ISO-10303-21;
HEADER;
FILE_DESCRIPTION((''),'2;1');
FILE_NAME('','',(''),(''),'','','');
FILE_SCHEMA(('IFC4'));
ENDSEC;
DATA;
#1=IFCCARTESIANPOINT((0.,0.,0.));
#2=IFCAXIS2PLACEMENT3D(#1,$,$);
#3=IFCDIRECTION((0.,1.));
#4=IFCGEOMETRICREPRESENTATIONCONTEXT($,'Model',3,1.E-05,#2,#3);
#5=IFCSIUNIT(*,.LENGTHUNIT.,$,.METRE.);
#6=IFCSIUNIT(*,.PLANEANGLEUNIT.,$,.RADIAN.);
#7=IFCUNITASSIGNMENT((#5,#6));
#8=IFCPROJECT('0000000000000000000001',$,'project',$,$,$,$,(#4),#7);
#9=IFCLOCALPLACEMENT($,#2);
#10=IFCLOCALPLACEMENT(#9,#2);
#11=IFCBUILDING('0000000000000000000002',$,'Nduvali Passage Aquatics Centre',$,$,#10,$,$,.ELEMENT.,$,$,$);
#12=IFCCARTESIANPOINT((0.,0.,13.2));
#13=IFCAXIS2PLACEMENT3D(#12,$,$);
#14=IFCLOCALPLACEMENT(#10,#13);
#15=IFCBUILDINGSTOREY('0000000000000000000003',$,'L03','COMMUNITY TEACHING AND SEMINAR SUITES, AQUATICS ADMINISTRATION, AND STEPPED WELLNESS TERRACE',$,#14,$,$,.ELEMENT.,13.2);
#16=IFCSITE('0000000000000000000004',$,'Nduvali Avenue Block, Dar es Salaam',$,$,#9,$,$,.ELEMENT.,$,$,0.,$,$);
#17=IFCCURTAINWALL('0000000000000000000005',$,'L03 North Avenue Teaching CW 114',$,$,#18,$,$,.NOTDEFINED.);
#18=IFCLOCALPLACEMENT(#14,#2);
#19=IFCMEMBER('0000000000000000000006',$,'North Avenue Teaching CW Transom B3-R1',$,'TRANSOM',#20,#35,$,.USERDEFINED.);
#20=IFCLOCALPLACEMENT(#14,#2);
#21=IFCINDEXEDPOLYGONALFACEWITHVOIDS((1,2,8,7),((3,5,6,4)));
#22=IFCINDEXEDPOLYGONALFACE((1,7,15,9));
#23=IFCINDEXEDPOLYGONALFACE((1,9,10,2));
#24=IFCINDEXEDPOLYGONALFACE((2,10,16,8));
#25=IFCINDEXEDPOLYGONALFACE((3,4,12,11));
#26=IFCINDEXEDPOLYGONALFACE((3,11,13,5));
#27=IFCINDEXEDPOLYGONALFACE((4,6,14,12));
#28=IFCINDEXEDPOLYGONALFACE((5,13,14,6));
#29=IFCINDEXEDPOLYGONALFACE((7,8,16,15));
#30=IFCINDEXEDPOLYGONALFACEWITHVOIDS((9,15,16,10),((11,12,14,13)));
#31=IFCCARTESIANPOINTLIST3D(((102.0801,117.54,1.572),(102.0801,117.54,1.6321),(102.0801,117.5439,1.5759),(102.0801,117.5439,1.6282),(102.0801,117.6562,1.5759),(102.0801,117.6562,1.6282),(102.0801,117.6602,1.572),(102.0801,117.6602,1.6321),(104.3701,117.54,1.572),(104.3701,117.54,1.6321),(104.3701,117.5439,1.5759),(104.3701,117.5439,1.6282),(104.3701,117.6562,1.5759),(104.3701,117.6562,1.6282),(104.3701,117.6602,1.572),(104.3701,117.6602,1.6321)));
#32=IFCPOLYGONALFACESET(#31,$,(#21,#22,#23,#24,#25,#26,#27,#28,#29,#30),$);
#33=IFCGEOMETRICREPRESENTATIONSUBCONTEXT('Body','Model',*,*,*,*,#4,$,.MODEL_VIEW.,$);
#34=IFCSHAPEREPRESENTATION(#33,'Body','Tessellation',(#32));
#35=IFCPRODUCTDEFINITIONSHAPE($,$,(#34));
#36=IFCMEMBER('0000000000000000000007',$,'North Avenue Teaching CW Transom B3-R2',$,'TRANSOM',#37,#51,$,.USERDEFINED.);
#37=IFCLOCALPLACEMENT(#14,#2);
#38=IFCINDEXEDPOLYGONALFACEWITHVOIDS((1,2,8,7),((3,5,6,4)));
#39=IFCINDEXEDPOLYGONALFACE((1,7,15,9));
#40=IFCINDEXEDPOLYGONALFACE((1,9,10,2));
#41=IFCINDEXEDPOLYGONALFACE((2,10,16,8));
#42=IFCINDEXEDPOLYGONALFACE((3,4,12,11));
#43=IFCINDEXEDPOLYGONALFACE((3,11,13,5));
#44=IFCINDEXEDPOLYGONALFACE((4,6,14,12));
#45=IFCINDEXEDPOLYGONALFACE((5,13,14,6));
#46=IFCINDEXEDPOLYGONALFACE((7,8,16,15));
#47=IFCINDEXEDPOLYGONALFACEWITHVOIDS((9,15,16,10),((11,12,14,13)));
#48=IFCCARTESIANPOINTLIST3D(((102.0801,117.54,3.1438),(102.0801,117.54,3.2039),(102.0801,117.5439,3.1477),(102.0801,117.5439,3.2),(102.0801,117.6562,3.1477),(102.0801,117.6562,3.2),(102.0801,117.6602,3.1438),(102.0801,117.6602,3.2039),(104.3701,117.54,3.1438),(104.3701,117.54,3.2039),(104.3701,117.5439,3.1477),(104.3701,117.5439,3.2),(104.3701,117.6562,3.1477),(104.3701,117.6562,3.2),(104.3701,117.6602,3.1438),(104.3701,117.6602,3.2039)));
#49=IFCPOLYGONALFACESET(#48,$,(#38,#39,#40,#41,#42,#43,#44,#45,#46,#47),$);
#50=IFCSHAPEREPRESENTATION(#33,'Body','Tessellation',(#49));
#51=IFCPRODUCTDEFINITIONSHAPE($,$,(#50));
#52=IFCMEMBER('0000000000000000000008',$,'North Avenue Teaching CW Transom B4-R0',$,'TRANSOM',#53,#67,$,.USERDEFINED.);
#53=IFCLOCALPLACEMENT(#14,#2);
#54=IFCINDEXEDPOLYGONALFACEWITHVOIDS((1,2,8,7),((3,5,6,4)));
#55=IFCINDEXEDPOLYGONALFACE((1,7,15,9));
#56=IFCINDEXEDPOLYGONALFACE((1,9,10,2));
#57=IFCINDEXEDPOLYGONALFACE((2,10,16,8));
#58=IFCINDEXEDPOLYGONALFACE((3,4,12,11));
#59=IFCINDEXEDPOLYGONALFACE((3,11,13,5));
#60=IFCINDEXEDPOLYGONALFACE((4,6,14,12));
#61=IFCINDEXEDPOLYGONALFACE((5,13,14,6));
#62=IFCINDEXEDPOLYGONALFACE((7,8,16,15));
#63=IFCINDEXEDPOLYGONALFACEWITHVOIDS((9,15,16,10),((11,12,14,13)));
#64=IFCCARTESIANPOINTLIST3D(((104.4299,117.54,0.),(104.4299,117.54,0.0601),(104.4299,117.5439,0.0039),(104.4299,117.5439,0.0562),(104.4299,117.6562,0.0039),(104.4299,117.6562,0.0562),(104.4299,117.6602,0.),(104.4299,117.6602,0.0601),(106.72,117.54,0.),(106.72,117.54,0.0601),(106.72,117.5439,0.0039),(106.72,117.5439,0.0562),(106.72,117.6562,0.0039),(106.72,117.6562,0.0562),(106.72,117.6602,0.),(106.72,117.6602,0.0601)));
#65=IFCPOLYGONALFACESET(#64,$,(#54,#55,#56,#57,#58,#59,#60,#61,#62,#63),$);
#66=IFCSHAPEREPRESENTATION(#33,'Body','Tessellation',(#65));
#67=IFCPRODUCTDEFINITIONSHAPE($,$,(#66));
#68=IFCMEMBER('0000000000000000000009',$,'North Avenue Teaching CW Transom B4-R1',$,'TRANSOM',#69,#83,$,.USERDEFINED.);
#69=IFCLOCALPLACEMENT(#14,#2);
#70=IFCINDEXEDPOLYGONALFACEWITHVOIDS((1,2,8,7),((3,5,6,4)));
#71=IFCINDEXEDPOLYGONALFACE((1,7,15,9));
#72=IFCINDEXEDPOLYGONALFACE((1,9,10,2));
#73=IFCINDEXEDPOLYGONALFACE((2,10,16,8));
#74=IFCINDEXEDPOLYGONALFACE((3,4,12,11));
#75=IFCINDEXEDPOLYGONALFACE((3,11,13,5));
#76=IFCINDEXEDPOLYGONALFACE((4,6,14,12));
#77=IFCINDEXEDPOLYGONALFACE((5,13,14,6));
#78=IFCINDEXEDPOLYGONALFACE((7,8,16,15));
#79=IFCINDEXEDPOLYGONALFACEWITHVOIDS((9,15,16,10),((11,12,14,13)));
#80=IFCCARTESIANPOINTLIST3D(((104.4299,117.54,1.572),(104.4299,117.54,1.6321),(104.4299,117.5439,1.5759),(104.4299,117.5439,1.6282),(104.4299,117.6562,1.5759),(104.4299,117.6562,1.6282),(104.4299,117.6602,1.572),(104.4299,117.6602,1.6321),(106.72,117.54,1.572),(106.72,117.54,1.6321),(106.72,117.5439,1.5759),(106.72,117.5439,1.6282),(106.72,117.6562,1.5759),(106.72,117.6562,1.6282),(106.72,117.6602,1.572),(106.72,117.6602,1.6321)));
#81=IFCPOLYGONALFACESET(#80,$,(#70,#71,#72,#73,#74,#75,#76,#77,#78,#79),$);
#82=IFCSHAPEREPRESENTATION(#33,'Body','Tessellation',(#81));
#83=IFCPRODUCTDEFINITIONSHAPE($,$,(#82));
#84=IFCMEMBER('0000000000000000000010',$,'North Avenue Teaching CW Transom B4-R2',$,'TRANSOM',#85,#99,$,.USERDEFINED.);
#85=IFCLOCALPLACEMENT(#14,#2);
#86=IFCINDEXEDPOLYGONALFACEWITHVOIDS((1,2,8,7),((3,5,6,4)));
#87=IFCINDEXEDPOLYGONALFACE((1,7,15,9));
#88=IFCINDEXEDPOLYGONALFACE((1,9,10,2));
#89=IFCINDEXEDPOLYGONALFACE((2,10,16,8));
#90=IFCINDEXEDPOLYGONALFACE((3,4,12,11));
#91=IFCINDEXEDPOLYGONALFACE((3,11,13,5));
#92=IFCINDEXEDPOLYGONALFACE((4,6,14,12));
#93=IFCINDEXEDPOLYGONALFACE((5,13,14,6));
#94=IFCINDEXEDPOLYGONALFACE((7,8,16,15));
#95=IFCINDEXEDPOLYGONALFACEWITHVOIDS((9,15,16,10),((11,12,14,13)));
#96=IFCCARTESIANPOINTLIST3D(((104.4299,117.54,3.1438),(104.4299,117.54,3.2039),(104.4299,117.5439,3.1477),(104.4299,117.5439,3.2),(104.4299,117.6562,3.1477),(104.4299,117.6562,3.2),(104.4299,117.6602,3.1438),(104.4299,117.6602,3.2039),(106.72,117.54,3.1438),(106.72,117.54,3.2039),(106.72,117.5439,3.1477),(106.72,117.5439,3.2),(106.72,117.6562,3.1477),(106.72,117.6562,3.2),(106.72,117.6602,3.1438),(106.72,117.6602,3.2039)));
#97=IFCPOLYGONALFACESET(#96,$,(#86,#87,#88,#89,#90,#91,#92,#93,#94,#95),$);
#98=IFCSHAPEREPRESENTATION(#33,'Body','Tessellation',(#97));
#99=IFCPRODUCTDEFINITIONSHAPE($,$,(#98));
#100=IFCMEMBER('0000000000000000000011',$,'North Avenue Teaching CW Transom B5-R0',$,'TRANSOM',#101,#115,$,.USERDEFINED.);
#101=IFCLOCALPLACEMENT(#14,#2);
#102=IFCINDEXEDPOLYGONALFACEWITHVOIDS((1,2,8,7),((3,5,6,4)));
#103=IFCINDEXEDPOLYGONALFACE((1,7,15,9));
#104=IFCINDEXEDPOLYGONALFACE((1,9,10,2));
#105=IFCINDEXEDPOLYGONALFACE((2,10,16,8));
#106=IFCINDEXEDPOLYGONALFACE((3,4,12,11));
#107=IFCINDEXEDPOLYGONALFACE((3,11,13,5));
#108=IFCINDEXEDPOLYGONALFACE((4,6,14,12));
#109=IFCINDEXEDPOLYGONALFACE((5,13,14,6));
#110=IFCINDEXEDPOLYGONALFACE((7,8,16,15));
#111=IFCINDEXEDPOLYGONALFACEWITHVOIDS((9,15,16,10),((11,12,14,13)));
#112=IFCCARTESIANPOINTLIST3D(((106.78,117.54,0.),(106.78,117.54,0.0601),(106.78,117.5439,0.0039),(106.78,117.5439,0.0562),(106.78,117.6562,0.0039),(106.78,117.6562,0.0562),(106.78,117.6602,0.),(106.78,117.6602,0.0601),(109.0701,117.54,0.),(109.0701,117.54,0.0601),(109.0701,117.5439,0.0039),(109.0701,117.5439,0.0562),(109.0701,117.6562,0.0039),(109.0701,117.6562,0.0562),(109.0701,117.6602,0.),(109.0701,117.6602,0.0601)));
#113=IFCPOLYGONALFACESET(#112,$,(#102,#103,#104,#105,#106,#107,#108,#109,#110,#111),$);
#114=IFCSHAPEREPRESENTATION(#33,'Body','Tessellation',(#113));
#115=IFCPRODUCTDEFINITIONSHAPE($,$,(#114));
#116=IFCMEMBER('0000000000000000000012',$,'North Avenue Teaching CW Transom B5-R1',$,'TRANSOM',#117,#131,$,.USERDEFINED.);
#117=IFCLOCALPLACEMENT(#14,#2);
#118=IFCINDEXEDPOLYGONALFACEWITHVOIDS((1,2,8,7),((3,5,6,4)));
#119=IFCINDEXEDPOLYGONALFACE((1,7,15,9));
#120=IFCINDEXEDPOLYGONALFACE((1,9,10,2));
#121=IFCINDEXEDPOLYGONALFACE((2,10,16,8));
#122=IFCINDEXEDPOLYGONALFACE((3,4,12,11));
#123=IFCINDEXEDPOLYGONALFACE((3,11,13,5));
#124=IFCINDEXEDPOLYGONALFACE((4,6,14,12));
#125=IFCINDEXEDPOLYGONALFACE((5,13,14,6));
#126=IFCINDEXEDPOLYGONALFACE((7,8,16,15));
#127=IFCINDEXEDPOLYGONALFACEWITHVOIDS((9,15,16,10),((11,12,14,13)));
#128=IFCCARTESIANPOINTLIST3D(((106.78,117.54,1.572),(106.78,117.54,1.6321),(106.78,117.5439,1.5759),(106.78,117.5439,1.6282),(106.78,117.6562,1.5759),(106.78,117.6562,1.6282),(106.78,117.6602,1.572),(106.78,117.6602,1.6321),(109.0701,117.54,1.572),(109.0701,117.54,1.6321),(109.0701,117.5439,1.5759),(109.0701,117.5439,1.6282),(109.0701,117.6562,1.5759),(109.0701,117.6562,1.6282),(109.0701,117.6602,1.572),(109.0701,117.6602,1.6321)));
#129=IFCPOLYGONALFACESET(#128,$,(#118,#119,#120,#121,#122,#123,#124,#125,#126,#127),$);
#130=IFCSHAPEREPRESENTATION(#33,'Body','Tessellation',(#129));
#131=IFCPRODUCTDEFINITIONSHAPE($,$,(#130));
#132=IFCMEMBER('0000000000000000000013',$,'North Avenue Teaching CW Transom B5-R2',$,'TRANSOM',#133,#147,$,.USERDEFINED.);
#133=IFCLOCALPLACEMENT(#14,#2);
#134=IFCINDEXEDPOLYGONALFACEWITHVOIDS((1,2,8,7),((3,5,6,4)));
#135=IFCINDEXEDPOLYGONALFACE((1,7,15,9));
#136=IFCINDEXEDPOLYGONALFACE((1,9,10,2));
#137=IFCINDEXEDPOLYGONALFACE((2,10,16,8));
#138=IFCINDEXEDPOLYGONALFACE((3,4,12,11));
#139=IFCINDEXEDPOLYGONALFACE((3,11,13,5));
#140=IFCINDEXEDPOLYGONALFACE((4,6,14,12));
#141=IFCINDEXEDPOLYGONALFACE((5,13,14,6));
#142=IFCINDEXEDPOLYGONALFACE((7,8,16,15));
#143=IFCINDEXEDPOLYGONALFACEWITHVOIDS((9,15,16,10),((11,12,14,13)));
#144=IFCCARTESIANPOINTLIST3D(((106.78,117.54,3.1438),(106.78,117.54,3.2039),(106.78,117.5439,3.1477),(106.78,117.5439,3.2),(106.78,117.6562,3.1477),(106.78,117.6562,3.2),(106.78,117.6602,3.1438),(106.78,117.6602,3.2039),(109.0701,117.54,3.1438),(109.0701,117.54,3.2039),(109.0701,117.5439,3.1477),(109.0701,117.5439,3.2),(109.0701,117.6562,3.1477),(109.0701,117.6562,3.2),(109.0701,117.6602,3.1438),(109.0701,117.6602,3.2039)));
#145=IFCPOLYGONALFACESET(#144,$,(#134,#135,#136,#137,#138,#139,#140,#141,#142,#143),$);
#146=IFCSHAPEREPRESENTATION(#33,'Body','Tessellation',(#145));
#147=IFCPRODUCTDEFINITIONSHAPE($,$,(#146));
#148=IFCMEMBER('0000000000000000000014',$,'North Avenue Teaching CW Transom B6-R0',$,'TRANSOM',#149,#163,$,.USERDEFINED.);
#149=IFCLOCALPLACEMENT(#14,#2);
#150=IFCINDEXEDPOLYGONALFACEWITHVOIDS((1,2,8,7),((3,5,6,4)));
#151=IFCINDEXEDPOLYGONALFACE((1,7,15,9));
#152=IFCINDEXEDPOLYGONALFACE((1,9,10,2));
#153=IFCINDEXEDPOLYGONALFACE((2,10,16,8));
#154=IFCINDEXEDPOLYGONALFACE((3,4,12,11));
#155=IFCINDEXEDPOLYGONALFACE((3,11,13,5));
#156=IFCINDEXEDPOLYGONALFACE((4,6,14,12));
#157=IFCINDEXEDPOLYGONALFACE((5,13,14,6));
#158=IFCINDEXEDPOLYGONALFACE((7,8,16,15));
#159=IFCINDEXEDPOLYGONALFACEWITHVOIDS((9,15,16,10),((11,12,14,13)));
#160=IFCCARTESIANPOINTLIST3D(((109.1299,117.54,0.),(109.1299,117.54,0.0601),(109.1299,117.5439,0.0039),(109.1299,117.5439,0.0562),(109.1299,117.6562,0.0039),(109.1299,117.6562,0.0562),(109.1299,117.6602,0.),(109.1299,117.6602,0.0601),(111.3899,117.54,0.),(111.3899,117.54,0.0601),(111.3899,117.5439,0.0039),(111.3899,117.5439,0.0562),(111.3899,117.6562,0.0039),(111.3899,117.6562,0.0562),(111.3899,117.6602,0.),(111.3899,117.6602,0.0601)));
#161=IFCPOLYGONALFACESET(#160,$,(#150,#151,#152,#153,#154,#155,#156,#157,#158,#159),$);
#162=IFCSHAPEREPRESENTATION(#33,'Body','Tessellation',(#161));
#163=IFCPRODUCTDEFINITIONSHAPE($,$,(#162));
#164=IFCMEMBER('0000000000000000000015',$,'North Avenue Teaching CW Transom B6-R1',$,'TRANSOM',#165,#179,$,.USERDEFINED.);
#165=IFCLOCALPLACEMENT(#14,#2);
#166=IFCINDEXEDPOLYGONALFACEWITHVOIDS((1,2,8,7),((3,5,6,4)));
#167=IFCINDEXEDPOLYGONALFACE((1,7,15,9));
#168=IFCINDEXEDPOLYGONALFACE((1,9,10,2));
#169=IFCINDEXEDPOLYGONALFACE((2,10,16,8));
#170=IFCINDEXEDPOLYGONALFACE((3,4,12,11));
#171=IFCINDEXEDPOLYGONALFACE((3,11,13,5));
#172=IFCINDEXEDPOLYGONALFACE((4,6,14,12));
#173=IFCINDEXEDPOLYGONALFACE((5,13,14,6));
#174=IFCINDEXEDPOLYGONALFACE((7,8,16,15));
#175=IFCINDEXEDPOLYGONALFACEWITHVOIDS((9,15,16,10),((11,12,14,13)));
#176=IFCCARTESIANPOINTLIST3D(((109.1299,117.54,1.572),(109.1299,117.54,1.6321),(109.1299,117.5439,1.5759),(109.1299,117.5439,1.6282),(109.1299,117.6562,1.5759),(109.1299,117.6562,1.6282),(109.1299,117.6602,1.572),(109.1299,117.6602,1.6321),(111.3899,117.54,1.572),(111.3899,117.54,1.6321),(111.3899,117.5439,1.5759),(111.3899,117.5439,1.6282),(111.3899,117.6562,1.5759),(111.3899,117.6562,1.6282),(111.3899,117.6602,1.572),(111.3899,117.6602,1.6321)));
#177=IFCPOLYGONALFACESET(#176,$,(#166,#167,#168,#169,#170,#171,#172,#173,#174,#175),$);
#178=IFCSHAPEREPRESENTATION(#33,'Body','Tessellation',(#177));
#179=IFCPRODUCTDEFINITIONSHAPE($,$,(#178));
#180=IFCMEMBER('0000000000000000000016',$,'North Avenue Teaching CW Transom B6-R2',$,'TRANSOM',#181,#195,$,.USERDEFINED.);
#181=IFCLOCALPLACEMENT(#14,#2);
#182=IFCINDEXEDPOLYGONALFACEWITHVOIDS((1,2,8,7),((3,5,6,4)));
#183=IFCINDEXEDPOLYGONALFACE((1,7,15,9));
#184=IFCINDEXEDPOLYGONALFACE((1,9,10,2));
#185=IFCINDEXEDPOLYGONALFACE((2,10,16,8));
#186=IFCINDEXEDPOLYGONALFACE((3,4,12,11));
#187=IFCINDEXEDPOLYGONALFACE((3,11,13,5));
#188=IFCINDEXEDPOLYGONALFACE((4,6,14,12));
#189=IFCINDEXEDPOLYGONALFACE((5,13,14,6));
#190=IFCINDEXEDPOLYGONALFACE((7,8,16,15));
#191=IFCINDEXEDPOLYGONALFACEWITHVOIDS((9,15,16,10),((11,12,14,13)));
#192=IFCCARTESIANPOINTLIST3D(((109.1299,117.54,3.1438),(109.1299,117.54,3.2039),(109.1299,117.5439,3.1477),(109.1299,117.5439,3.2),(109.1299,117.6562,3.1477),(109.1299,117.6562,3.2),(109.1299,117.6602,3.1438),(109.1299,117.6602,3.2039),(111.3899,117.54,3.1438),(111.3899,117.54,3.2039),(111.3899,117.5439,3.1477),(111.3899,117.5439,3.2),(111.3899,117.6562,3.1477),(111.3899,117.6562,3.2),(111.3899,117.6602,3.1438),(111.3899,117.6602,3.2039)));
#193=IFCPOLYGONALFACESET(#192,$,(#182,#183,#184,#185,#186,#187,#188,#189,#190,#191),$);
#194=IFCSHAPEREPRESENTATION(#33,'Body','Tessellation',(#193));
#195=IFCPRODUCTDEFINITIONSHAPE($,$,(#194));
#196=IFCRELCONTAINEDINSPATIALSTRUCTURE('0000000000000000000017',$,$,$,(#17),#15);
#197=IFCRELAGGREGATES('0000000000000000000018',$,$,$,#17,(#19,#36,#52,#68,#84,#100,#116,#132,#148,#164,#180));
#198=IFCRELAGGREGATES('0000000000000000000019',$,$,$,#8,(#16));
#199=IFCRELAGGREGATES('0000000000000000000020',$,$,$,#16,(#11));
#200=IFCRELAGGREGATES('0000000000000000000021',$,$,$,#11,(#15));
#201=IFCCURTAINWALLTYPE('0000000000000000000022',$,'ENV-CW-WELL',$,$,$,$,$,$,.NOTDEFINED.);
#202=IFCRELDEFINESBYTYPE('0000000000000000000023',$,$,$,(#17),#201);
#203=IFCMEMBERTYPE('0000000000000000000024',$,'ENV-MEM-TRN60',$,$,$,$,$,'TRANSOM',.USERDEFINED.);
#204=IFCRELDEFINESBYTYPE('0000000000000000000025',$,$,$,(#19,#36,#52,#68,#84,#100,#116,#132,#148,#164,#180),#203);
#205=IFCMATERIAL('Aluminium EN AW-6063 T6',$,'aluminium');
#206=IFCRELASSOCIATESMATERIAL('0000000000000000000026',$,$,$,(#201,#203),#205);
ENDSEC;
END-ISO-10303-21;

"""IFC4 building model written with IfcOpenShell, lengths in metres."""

from ifc_helpers import new_model, si_unit, direction, frame, origin, origin_2d, place, context, subcontext, project, spatial, hollow_rectangle, extrude, material, material_profile, profile_set, type_object, element, aggregate, save


model = new_model("IFC4")

# Units and contexts
model_context = context("Model", 3, precision=1e-05, world=origin(), true_north=direction((0.0, 1.0)))
body_context = subcontext(model_context, "Body", "Model", "MODEL_VIEW")
ifc_project = project(units=[si_unit("LENGTHUNIT", "METRE"), si_unit("PLANEANGLEUNIT", "RADIAN")], contexts=[model_context])

# Site, building, storey
site_placement = place(None, origin())
site = spatial("IfcSite", under=ifc_project, at=site_placement, Name="Nduvali Avenue Block, Dar es Salaam", CompositionType="ELEMENT", RefElevation=0.0)
building_placement = place(site_placement, origin())
building = spatial("IfcBuilding", under=site, at=building_placement, Name="Nduvali Passage Aquatics Centre", CompositionType="ELEMENT")
storey_placement = place(building_placement, frame((0.0, 0.0, 13.2)))
storey = spatial("IfcBuildingStorey", under=building, at=storey_placement, Name="L03", Description="COMMUNITY TEACHING AND SEMINAR SUITES, AQUATICS ADMINISTRATION, AND STEPPED WELLNESS TERRACE", CompositionType="ELEMENT", Elevation=13.2)

# Curtain wall, members
ifc_material_1 = material(Name="Aluminium EN AW-6063 T6", Category="aluminium")
curtain_wall_type = type_object("IfcCurtainWallType", Name="ENV-CW-WELL", PredefinedType="NOTDEFINED", material=ifc_material_1)
curtain_wall_placement = place(storey_placement, origin())
curtain_wall = element("IfcCurtainWall", 1, at=curtain_wall_placement, inside=storey, type_object=curtain_wall_type, Name="L03 North Avenue Teaching CW 114", PredefinedType="NOTDEFINED")
ifc_material_profile_1 = material_profile(ifc_material_1, hollow_rectangle(XDim=0.1201, YDim=0.0601, WallThickness=0.0039, at=origin_2d()), Name="ALU TRANSOM 120x60x4")
ifc_profile_set_1 = profile_set([ifc_material_profile_1], Name="Aluminium EN AW-6063 T6")
member_type_1 = type_object("IfcMemberType", Name="ENV-MEM-TRN60", ElementType="TRANSOM", PredefinedType="USERDEFINED", material=ifc_profile_set_1)
member_1_placement = place(storey_placement, frame((102.0801, 117.6001, 1.6021), z_axis=(1.0, 0.0, 0.0), x_axis=(0.0, 1.0, 0.0)))
member_1 = element("IfcMember", 2, at=member_1_placement, type_object=member_type_1, Name="North Avenue Teaching CW Transom B3-R1", ObjectType="TRANSOM", PredefinedType="USERDEFINED", context=body_context, shape_type="SweptSolid", body=[
    extrude(hollow_rectangle(XDim=0.1201, YDim=0.0601, WallThickness=0.0039, at=origin_2d()), origin(), (0.0, 0.0, 1.0), 2.29),
])
member_2_placement = place(storey_placement, frame((102.0801, 117.6001, 3.1738), z_axis=(1.0, 0.0, 0.0), x_axis=(0.0, 1.0, 0.0)))
member_2 = element("IfcMember", 3, at=member_2_placement, type_object=member_type_1, Name="North Avenue Teaching CW Transom B3-R2", ObjectType="TRANSOM", PredefinedType="USERDEFINED", context=body_context, shape_type="SweptSolid", body=[
    extrude(hollow_rectangle(XDim=0.1201, YDim=0.0601, WallThickness=0.0039, at=origin_2d()), origin(), (0.0, 0.0, 1.0), 2.29),
])
member_3_placement = place(storey_placement, frame((104.4299, 117.6001, 0.03), z_axis=(1.0, 0.0, 0.0), x_axis=(0.0, 1.0, 0.0)))
member_3 = element("IfcMember", 4, at=member_3_placement, type_object=member_type_1, Name="North Avenue Teaching CW Transom B4-R0", ObjectType="TRANSOM", PredefinedType="USERDEFINED", context=body_context, shape_type="SweptSolid", body=[
    extrude(hollow_rectangle(XDim=0.1201, YDim=0.0601, WallThickness=0.0039, at=origin_2d()), origin(), (0.0, 0.0, 1.0), 2.29),
])
member_4_placement = place(storey_placement, frame((104.4299, 117.6001, 1.6021), z_axis=(1.0, 0.0, 0.0), x_axis=(0.0, 1.0, 0.0)))
member_4 = element("IfcMember", 5, at=member_4_placement, type_object=member_type_1, Name="North Avenue Teaching CW Transom B4-R1", ObjectType="TRANSOM", PredefinedType="USERDEFINED", context=body_context, shape_type="SweptSolid", body=[
    extrude(hollow_rectangle(XDim=0.1201, YDim=0.0601, WallThickness=0.0039, at=origin_2d()), origin(), (0.0, 0.0, 1.0), 2.29),
])
member_5_placement = place(storey_placement, frame((104.4299, 117.6001, 3.1738), z_axis=(1.0, 0.0, 0.0), x_axis=(0.0, 1.0, 0.0)))
member_5 = element("IfcMember", 6, at=member_5_placement, type_object=member_type_1, Name="North Avenue Teaching CW Transom B4-R2", ObjectType="TRANSOM", PredefinedType="USERDEFINED", context=body_context, shape_type="SweptSolid", body=[
    extrude(hollow_rectangle(XDim=0.1201, YDim=0.0601, WallThickness=0.0039, at=origin_2d()), origin(), (0.0, 0.0, 1.0), 2.29),
])
member_6_placement = place(storey_placement, frame((106.78, 117.6001, 0.03), z_axis=(1.0, 0.0, 0.0), x_axis=(0.0, 1.0, 0.0)))
member_6 = element("IfcMember", 7, at=member_6_placement, type_object=member_type_1, Name="North Avenue Teaching CW Transom B5-R0", ObjectType="TRANSOM", PredefinedType="USERDEFINED", context=body_context, shape_type="SweptSolid", body=[
    extrude(hollow_rectangle(XDim=0.1201, YDim=0.0601, WallThickness=0.0039, at=origin_2d()), origin(), (0.0, 0.0, 1.0), 2.29),
])
member_7_placement = place(storey_placement, frame((106.78, 117.6001, 1.6021), z_axis=(1.0, 0.0, 0.0), x_axis=(0.0, 1.0, 0.0)))
member_7 = element("IfcMember", 8, at=member_7_placement, type_object=member_type_1, Name="North Avenue Teaching CW Transom B5-R1", ObjectType="TRANSOM", PredefinedType="USERDEFINED", context=body_context, shape_type="SweptSolid", body=[
    extrude(hollow_rectangle(XDim=0.1201, YDim=0.0601, WallThickness=0.0039, at=origin_2d()), origin(), (0.0, 0.0, 1.0), 2.29),
])
member_8_placement = place(storey_placement, frame((106.78, 117.6001, 3.1738), z_axis=(1.0, 0.0, 0.0), x_axis=(0.0, 1.0, 0.0)))
member_8 = element("IfcMember", 9, at=member_8_placement, type_object=member_type_1, Name="North Avenue Teaching CW Transom B5-R2", ObjectType="TRANSOM", PredefinedType="USERDEFINED", context=body_context, shape_type="SweptSolid", body=[
    extrude(hollow_rectangle(XDim=0.1201, YDim=0.0601, WallThickness=0.0039, at=origin_2d()), origin(), (0.0, 0.0, 1.0), 2.29),
])
member_9_placement = place(storey_placement, frame((109.1299, 117.6001, 0.03), z_axis=(1.0, 0.0, 0.0), x_axis=(0.0, 1.0, 0.0)))
member_9 = element("IfcMember", 10, at=member_9_placement, type_object=member_type_1, Name="North Avenue Teaching CW Transom B6-R0", ObjectType="TRANSOM", PredefinedType="USERDEFINED", context=body_context, shape_type="SweptSolid", body=[
    extrude(hollow_rectangle(XDim=0.1201, YDim=0.0601, WallThickness=0.0039, at=origin_2d()), origin(), (0.0, 0.0, 1.0), 2.26),
])
member_10_placement = place(storey_placement, frame((109.1299, 117.6001, 1.6021), z_axis=(1.0, 0.0, 0.0), x_axis=(0.0, 1.0, 0.0)))
member_10 = element("IfcMember", 11, at=member_10_placement, type_object=member_type_1, Name="North Avenue Teaching CW Transom B6-R1", ObjectType="TRANSOM", PredefinedType="USERDEFINED", context=body_context, shape_type="SweptSolid", body=[
    extrude(hollow_rectangle(XDim=0.1201, YDim=0.0601, WallThickness=0.0039, at=origin_2d()), origin(), (0.0, 0.0, 1.0), 2.26),
])
member_11_placement = place(storey_placement, frame((109.1299, 117.6001, 3.1738), z_axis=(1.0, 0.0, 0.0), x_axis=(0.0, 1.0, 0.0)))
member_11 = element("IfcMember", 12, at=member_11_placement, type_object=member_type_1, Name="North Avenue Teaching CW Transom B6-R2", ObjectType="TRANSOM", PredefinedType="USERDEFINED", context=body_context, shape_type="SweptSolid", body=[
    extrude(hollow_rectangle(XDim=0.1201, YDim=0.0601, WallThickness=0.0039, at=origin_2d()), origin(), (0.0, 0.0, 1.0), 2.26),
])

aggregate(curtain_wall, [member_1, member_2, member_3, member_4, member_5, member_6, member_7, member_8, member_9, member_10, member_11])

save(model, "model.ifc")
